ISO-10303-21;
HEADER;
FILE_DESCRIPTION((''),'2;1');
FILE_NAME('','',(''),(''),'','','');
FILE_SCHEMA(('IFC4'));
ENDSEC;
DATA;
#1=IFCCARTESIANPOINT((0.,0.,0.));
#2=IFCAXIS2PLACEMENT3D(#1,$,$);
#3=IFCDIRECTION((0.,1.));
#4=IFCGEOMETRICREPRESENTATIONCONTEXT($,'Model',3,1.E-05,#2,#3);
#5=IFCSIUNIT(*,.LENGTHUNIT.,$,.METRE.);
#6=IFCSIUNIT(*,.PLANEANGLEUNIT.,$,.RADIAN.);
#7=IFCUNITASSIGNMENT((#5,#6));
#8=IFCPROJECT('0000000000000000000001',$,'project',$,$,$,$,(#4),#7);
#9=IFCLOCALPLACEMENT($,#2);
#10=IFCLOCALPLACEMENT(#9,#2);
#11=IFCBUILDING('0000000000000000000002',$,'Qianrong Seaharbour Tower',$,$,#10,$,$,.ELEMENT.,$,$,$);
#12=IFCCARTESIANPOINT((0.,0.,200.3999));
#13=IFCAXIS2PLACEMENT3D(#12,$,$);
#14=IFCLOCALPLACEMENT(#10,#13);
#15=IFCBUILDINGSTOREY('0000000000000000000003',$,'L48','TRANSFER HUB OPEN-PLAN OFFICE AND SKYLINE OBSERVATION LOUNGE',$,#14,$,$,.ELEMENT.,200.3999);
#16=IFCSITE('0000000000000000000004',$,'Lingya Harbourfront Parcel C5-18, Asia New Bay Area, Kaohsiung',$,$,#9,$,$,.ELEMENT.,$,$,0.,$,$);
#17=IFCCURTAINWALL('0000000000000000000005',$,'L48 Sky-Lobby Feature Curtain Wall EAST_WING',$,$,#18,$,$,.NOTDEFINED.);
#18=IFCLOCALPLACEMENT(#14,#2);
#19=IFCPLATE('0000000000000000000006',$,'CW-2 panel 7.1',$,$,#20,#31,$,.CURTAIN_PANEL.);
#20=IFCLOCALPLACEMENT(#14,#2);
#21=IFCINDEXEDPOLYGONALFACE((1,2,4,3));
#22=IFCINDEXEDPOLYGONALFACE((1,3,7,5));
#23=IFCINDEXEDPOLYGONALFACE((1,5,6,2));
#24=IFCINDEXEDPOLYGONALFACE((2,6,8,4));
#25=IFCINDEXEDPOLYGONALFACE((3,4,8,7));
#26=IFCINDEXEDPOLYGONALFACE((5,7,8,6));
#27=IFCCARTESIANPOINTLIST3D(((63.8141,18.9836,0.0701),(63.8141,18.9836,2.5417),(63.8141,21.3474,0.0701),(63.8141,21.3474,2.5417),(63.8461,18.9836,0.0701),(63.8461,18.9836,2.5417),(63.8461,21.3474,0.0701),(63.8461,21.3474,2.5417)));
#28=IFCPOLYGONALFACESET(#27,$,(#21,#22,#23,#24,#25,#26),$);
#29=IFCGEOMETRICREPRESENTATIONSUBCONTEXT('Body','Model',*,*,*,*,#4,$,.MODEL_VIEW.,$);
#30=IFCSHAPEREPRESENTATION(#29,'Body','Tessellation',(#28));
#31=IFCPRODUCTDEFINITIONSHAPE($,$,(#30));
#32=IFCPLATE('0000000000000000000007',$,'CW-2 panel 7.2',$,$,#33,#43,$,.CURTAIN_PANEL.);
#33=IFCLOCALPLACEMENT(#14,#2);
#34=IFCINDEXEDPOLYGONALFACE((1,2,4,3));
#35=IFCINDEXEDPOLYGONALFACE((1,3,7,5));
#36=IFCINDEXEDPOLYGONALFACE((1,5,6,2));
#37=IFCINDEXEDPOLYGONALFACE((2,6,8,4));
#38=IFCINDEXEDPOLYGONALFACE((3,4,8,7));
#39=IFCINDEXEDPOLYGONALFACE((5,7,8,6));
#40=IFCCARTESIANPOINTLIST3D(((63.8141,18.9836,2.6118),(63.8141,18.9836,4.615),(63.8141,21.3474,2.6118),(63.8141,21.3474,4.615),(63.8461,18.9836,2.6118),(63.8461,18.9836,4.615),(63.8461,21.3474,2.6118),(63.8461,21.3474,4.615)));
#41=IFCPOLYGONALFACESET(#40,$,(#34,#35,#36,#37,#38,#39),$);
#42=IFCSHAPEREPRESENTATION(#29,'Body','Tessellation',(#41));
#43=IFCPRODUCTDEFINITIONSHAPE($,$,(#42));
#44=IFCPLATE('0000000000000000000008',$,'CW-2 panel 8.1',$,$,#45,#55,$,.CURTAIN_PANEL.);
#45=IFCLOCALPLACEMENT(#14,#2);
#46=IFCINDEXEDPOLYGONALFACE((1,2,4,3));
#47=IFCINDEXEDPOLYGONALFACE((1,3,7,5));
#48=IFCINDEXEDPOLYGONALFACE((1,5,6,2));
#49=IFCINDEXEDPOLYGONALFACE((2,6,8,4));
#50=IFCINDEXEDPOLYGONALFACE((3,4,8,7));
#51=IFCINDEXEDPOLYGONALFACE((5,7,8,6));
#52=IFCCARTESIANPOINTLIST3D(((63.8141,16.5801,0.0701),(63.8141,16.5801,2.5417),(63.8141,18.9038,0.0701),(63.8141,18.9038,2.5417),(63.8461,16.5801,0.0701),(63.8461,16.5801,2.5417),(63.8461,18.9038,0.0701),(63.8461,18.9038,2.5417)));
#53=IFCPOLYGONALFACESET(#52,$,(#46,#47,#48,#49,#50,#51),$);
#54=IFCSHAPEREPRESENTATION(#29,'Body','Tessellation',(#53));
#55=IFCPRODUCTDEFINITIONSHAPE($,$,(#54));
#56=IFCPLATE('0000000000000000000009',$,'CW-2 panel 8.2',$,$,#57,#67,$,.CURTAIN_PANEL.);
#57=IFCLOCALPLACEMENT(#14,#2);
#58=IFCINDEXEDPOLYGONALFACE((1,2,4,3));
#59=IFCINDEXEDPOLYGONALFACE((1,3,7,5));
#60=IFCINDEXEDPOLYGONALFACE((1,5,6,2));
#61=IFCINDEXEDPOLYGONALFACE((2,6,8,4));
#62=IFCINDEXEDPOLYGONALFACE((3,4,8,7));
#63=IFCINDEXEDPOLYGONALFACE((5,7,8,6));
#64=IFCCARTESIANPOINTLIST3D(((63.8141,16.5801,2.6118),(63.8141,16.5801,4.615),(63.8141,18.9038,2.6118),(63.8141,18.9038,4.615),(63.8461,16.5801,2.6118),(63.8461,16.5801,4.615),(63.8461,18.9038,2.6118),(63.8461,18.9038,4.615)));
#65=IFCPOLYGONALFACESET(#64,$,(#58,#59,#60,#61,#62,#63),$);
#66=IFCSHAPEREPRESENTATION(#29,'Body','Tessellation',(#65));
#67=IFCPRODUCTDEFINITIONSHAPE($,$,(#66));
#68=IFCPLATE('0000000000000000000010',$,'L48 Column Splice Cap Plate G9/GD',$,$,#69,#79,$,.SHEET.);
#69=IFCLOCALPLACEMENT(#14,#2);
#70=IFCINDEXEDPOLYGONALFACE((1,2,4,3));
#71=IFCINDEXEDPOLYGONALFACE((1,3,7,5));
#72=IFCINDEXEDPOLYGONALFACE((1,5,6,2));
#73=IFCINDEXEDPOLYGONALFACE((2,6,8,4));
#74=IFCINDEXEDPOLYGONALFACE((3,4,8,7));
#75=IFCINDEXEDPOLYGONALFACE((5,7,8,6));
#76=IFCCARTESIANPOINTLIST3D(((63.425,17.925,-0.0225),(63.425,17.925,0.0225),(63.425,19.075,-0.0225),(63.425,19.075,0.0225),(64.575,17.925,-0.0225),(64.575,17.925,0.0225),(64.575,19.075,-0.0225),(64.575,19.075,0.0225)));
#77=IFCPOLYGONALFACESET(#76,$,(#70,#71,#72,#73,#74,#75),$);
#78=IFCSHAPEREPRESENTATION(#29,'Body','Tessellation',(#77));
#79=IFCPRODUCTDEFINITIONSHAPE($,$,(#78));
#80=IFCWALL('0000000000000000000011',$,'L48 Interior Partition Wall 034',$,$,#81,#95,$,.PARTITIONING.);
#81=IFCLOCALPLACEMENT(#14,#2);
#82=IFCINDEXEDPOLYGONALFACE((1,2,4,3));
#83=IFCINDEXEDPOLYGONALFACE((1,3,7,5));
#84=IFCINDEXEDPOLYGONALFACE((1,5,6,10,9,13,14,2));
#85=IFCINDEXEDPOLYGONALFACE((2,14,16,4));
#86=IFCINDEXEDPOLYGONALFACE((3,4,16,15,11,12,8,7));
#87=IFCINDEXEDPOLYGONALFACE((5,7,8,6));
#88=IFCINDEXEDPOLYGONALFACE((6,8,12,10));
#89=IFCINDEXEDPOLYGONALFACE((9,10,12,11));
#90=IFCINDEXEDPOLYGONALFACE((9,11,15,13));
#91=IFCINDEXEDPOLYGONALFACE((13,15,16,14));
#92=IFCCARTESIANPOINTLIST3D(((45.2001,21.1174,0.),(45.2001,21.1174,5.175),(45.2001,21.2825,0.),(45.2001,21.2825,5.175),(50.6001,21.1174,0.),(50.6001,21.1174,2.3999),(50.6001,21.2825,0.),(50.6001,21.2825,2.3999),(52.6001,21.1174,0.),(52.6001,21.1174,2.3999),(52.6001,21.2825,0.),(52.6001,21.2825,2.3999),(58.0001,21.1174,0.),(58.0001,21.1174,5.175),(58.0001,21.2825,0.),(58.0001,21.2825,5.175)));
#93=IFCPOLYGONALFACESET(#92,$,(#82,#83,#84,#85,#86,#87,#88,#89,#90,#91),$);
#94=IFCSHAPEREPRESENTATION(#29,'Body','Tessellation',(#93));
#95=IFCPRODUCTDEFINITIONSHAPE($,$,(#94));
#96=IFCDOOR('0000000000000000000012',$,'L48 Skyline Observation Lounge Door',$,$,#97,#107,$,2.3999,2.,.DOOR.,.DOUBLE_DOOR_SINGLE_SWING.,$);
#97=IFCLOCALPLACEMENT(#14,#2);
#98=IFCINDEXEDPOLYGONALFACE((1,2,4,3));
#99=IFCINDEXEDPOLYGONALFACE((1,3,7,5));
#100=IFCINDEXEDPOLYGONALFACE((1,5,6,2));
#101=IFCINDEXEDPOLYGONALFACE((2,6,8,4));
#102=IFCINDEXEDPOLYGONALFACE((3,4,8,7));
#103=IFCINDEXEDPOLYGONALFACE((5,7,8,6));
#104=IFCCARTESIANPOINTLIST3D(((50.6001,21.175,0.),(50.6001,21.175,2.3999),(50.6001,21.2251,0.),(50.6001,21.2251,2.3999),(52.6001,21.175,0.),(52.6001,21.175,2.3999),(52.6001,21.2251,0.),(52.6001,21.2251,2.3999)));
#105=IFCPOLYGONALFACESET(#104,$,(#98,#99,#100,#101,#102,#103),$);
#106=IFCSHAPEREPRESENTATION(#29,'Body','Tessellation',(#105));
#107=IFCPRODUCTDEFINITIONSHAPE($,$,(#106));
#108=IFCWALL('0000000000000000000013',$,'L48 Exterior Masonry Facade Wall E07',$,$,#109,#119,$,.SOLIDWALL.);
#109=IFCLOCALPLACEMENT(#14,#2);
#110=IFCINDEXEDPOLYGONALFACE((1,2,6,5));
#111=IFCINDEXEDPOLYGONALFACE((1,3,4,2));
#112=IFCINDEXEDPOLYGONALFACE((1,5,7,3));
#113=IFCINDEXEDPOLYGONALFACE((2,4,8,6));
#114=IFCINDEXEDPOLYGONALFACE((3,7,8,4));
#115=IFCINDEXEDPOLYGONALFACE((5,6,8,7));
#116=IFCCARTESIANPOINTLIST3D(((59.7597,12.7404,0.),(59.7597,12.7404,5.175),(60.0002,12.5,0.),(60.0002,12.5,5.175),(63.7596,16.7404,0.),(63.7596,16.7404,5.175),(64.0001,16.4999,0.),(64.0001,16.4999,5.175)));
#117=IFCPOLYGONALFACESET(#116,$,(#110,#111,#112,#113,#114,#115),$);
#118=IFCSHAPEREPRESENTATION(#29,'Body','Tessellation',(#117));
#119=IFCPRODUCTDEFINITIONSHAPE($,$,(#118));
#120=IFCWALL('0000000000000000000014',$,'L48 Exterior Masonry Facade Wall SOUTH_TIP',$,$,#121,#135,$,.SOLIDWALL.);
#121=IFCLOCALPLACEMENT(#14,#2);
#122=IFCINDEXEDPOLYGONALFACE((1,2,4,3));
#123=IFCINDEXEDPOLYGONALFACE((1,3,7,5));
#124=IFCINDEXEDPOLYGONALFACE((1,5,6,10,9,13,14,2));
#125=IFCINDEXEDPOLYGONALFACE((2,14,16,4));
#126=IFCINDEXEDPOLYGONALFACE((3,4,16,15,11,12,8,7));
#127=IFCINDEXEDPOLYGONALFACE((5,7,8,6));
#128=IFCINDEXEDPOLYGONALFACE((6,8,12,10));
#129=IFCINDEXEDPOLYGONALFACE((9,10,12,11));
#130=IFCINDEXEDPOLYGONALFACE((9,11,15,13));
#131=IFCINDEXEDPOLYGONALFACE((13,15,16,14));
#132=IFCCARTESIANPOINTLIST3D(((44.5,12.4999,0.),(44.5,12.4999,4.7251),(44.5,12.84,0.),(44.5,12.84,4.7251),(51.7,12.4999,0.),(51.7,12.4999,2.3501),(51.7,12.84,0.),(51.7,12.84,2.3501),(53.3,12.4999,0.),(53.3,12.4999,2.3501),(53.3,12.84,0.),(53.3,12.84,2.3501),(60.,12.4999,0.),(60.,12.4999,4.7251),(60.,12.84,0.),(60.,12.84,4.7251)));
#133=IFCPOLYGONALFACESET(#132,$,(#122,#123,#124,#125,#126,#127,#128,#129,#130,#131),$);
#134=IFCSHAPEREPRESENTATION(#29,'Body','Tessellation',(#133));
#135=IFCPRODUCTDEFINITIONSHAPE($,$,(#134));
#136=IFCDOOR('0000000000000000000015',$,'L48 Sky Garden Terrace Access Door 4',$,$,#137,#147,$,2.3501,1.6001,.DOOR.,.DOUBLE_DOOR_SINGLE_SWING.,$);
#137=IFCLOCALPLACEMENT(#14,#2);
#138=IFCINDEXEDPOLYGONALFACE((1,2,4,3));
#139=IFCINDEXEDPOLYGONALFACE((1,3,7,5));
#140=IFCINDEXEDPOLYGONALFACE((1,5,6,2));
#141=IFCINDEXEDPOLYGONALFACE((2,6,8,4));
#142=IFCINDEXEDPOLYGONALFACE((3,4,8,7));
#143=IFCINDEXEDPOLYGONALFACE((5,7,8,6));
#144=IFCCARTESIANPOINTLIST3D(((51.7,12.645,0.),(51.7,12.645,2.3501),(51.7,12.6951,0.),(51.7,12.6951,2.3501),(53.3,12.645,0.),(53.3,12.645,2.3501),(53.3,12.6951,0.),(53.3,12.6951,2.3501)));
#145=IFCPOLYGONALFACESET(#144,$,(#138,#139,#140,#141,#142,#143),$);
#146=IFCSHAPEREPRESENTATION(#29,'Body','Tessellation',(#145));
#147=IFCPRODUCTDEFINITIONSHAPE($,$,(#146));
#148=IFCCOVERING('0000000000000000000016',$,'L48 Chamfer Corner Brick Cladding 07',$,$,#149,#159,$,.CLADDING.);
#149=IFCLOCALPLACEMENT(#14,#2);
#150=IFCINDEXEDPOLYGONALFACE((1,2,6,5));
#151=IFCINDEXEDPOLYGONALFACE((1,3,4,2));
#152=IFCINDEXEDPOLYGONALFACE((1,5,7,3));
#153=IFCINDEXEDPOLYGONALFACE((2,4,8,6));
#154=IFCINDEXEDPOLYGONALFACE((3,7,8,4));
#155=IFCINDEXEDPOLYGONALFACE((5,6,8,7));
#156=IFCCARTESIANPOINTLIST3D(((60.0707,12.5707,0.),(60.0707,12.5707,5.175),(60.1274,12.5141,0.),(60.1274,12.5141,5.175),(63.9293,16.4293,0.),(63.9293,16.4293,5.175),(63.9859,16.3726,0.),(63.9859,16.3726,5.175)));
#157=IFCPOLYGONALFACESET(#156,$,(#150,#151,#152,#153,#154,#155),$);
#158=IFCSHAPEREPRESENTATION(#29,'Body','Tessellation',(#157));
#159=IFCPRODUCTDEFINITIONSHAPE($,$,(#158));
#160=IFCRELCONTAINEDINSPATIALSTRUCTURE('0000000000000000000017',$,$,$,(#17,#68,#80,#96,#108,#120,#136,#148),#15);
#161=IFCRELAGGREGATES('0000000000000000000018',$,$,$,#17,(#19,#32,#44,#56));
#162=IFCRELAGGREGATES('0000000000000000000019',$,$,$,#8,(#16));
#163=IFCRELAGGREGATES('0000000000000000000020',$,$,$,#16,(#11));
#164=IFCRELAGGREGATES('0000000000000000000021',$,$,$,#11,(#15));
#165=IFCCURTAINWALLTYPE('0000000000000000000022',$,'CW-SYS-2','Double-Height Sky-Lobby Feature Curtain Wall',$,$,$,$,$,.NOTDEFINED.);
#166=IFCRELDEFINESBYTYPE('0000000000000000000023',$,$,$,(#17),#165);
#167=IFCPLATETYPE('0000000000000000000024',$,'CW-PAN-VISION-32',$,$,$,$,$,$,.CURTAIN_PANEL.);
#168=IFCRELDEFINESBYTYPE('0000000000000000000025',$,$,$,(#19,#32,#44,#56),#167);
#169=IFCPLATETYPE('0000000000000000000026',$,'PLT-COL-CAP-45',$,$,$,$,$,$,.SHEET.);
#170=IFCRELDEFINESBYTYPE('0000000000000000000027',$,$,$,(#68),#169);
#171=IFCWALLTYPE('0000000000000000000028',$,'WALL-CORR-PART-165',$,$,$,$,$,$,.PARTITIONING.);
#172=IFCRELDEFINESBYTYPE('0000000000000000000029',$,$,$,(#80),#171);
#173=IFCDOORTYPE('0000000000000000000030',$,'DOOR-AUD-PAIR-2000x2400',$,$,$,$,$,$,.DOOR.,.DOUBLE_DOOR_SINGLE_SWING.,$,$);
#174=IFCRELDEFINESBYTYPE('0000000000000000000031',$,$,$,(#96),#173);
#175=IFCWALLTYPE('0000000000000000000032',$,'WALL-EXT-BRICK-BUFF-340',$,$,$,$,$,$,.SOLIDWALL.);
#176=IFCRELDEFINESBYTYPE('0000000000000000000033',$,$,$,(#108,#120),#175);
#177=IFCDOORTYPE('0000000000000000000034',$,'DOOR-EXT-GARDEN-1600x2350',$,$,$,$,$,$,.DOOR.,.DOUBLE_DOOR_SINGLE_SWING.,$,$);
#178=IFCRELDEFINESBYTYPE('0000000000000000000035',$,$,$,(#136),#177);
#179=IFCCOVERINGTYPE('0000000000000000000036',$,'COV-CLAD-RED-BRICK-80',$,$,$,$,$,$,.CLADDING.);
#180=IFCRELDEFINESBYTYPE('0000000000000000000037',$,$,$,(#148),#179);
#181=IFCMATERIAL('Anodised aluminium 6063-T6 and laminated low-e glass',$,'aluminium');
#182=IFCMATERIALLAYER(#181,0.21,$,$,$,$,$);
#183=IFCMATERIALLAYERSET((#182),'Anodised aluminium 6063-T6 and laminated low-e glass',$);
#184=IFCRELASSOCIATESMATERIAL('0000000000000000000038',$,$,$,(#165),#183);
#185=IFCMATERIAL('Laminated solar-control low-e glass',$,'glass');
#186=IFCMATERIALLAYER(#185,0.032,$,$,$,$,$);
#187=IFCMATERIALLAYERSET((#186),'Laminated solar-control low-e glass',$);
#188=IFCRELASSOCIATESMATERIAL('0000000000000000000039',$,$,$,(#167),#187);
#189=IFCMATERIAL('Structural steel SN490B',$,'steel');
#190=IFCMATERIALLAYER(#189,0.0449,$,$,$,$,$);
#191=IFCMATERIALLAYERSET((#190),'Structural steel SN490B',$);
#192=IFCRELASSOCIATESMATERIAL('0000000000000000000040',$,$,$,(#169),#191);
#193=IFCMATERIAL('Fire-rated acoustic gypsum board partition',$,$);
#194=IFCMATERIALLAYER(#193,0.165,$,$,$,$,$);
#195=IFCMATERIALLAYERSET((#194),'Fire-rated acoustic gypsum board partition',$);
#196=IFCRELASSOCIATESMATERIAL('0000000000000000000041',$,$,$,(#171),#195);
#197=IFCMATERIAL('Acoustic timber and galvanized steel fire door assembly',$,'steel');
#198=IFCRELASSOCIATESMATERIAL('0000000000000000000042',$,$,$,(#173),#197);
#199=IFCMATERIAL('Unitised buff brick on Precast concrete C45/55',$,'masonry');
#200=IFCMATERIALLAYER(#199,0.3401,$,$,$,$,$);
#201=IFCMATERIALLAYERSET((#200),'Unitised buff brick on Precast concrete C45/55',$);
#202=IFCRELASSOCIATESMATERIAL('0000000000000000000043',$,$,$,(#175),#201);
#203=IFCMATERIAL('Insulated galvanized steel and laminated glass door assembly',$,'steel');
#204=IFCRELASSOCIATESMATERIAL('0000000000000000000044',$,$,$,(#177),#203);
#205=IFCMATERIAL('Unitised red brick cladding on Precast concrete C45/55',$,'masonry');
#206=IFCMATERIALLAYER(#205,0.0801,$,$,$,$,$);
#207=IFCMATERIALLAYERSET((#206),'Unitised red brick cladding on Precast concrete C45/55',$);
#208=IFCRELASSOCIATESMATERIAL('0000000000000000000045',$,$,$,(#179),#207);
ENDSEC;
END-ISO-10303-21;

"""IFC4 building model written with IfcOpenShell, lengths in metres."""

from ifc_helpers import new_model, si_unit, direction, frame, frame_2d, origin, origin_2d, place, context, subcontext, project, spatial, rectangle, extrude, material, layer, layer_set, type_object, element, fill, aggregate, save


model = new_model("IFC4")

# Units and contexts
model_context = context("Model", 3, precision=1e-05, world=origin(), true_north=direction((0.0, 1.0)))
body_context = subcontext(model_context, "Body", "Model", "MODEL_VIEW")
ifc_project = project(units=[si_unit("LENGTHUNIT", "METRE"), si_unit("PLANEANGLEUNIT", "RADIAN")], contexts=[model_context])

# Site, building, storey
site_placement = place(None, origin())
site = spatial("IfcSite", under=ifc_project, at=site_placement, Name="Lingya Harbourfront Parcel C5-18, Asia New Bay Area, Kaohsiung", CompositionType="ELEMENT", RefElevation=0.0)
building_placement = place(site_placement, origin())
building = spatial("IfcBuilding", under=site, at=building_placement, Name="Qianrong Seaharbour Tower", CompositionType="ELEMENT")
storey_placement = place(building_placement, frame((0.0, 0.0, 200.3999)))
storey = spatial("IfcBuildingStorey", under=building, at=storey_placement, Name="L48", Description="TRANSFER HUB OPEN-PLAN OFFICE AND SKYLINE OBSERVATION LOUNGE", CompositionType="ELEMENT", Elevation=200.3999)

# Shared definitions
ifc_material_1 = material(Name="Structural steel SN490B", Category="steel")

# Curtain wall, plates
ifc_material_2 = material(Name="Anodised aluminium 6063-T6 and laminated low-e glass", Category="aluminium")
ifc_layer_1 = layer(ifc_material_2, 0.21)
ifc_layer_set_1 = layer_set([ifc_layer_1], Name="Anodised aluminium 6063-T6 and laminated low-e glass")
curtain_wall_type = type_object("IfcCurtainWallType", Name="CW-SYS-2", Description="Double-Height Sky-Lobby Feature Curtain Wall", PredefinedType="NOTDEFINED", material=ifc_layer_set_1)
curtain_wall_placement = place(storey_placement, origin())
curtain_wall = element("IfcCurtainWall", 1, at=curtain_wall_placement, inside=storey, type_object=curtain_wall_type, Name="L48 Sky-Lobby Feature Curtain Wall EAST_WING", PredefinedType="NOTDEFINED")
ifc_material_3 = material(Name="Laminated solar-control low-e glass", Category="glass")
ifc_layer_2 = layer(ifc_material_3, 0.032)
ifc_layer_set_2 = layer_set([ifc_layer_2], Name="Laminated solar-control low-e glass")
plate_type_1 = type_object("IfcPlateType", Name="CW-PAN-VISION-32", PredefinedType="CURTAIN_PANEL", material=ifc_layer_set_2)
plate_1_placement = place(storey_placement, frame((63.8301, 20.1655, 0.0701), z_axis=(0.0, 0.0, 1.0), x_axis=(0.0, -1.0, 0.0)))
plate_1 = element("IfcPlate", 2, at=plate_1_placement, type_object=plate_type_1, Name="CW-2 panel 7.1", PredefinedType="CURTAIN_PANEL", context=body_context, shape_type="SweptSolid", body=[
    extrude(rectangle(XDim=2.3638, YDim=0.032, at=origin_2d()), origin(), (0.0, 0.0, 1.0), 2.4717),
])
plate_2_placement = place(storey_placement, frame((63.8301, 20.1655, 2.6118), z_axis=(0.0, 0.0, 1.0), x_axis=(0.0, -1.0, 0.0)))
plate_2 = element("IfcPlate", 3, at=plate_2_placement, type_object=plate_type_1, Name="CW-2 panel 7.2", PredefinedType="CURTAIN_PANEL", context=body_context, shape_type="SweptSolid", body=[
    extrude(rectangle(XDim=2.3638, YDim=0.032, at=origin_2d()), origin(), (0.0, 0.0, 1.0), 2.0032),
])
plate_3_placement = place(storey_placement, frame((63.8301, 17.7419, 0.0701), z_axis=(0.0, 0.0, 1.0), x_axis=(0.0, -1.0, 0.0)))
plate_3 = element("IfcPlate", 4, at=plate_3_placement, type_object=plate_type_1, Name="CW-2 panel 8.1", PredefinedType="CURTAIN_PANEL", context=body_context, shape_type="SweptSolid", body=[
    extrude(rectangle(XDim=2.3237, YDim=0.032, at=origin_2d()), origin(), (0.0, 0.0, 1.0), 2.4717),
])
plate_4_placement = place(storey_placement, frame((63.8301, 17.7419, 2.6118), z_axis=(0.0, 0.0, 1.0), x_axis=(0.0, -1.0, 0.0)))
plate_4 = element("IfcPlate", 5, at=plate_4_placement, type_object=plate_type_1, Name="CW-2 panel 8.2", PredefinedType="CURTAIN_PANEL", context=body_context, shape_type="SweptSolid", body=[
    extrude(rectangle(XDim=2.3237, YDim=0.032, at=origin_2d()), origin(), (0.0, 0.0, 1.0), 2.0032),
])
aggregate(curtain_wall, [plate_1, plate_2, plate_3, plate_4])

# Plate
ifc_layer_3 = layer(ifc_material_1, 0.0449)
ifc_layer_set_3 = layer_set([ifc_layer_3], Name="Structural steel SN490B")
plate_type_2 = type_object("IfcPlateType", Name="PLT-COL-CAP-45", PredefinedType="SHEET", material=ifc_layer_set_3)
plate_5_placement = place(storey_placement, frame((64.0, 18.5, -0.0225), z_axis=(0.0, 0.0, 1.0), x_axis=(1.0, 0.0, 0.0)))
element("IfcPlate", 6, at=plate_5_placement, inside=storey, type_object=plate_type_2, Name="L48 Column Splice Cap Plate G9/GD", PredefinedType="SHEET", context=body_context, shape_type="SweptSolid", body=[
    extrude(rectangle(XDim=1.1499, YDim=1.1499, at=origin_2d()), origin(), (0.0, 0.0, 1.0), 0.0449),
])

# Wall, opening, door
ifc_material_4 = material(Name="Fire-rated acoustic gypsum board partition")
ifc_layer_4 = layer(ifc_material_4, 0.165)
ifc_layer_set_4 = layer_set([ifc_layer_4], Name="Fire-rated acoustic gypsum board partition")
wall_type_1 = type_object("IfcWallType", Name="WALL-CORR-PART-165", PredefinedType="PARTITIONING", material=ifc_layer_set_4)
wall_1_placement = place(storey_placement, frame((58.0, 21.2, 0.0), z_axis=(0.0, 0.0, 1.0), x_axis=(-1.0, 0.0, 0.0)))
wall_1 = element("IfcWall", 7, at=wall_1_placement, inside=storey, type_object=wall_type_1, Name="L48 Interior Partition Wall 034", PredefinedType="PARTITIONING", context=body_context, shape_type="SweptSolid", body=[
    extrude(rectangle(XDim=12.8, YDim=0.165, at=frame_2d((6.3999, 0.0))), origin(), (0.0, 0.0, 1.0), 5.175),
])
opening_1_placement = place(wall_1_placement, frame((5.3999, 0.0, 0.0)))
opening_1 = element("IfcOpeningElement", 8, at=opening_1_placement, cuts=wall_1, PredefinedType="OPENING", context=body_context, shape_type="SweptSolid", body=[
    extrude(rectangle(XDim=2.0, YDim=2.3999, at=frame_2d((1.0, 1.2))), frame((0.0, 0.0925, 0.0), z_axis=(0.0, -1.0, 0.0), x_axis=(1.0, 0.0, 0.0)), (0.0, 0.0, 1.0), 0.1851),
])
ifc_material_5 = material(Name="Acoustic timber and galvanized steel fire door assembly", Category="steel")
door_type_1 = type_object("IfcDoorType", Name="DOOR-AUD-PAIR-2000x2400", OperationType="DOUBLE_DOOR_SINGLE_SWING", PredefinedType="DOOR", material=ifc_material_5)
door_1_placement = place(opening_1_placement, origin())
door_1 = element("IfcDoor", 9, at=door_1_placement, inside=storey, type_object=door_type_1, Name="L48 Skyline Observation Lounge Door", OperationType="DOUBLE_DOOR_SINGLE_SWING", OverallHeight=2.3999, OverallWidth=2.0, PredefinedType="DOOR", context=body_context, shape_type="SweptSolid", body=[
    extrude(rectangle(XDim=2.0, YDim=2.3999, at=frame_2d((1.0, 1.2))), frame((0.0, 0.0249, 0.0), z_axis=(0.0, -1.0, 0.0), x_axis=(1.0, 0.0, 0.0)), (0.0, 0.0, 1.0), 0.05),
])
fill(opening_1, door_1)

# Wall
ifc_material_6 = material(Name="Unitised buff brick on Precast concrete C45/55", Category="masonry")
ifc_layer_5 = layer(ifc_material_6, 0.3401)
ifc_layer_set_5 = layer_set([ifc_layer_5], Name="Unitised buff brick on Precast concrete C45/55")
wall_type_2 = type_object("IfcWallType", Name="WALL-EXT-BRICK-BUFF-340", PredefinedType="SOLIDWALL", material=ifc_layer_set_5)
wall_2_placement = place(storey_placement, frame((63.8799, 16.6201, 0.0), z_axis=(0.0, 0.0, 1.0), x_axis=(-0.707107, -0.707107, 0.0)))
element("IfcWall", 10, at=wall_2_placement, inside=storey, type_object=wall_type_2, Name="L48 Exterior Masonry Facade Wall E07", PredefinedType="SOLIDWALL", context=body_context, shape_type="SweptSolid", body=[
    extrude(rectangle(XDim=5.6567, YDim=0.3401, at=frame_2d((2.8284, 0.0))), origin(), (0.0, 0.0, 1.0), 5.175),
])

# Wall, opening, door
wall_3_placement = place(storey_placement, frame((60.0, 12.6699, 0.0), z_axis=(0.0, 0.0, 1.0), x_axis=(-1.0, 0.0, 0.0)))
wall_3 = element("IfcWall", 11, at=wall_3_placement, inside=storey, type_object=wall_type_2, Name="L48 Exterior Masonry Facade Wall SOUTH_TIP", PredefinedType="SOLIDWALL", context=body_context, shape_type="SweptSolid", body=[
    extrude(rectangle(XDim=15.5, YDim=0.3401, at=frame_2d((7.75, 0.0))), origin(), (0.0, 0.0, 1.0), 4.7251),
])
opening_2_placement = place(wall_3_placement, frame((6.7, 0.0, 0.0)))
opening_2 = element("IfcOpeningElement", 12, at=opening_2_placement, cuts=wall_3, PredefinedType="OPENING", context=body_context, shape_type="SweptSolid", body=[
    extrude(rectangle(XDim=1.6001, YDim=2.3501, at=frame_2d((0.8, 1.175))), frame((0.0, 0.1802, 0.0), z_axis=(0.0, -1.0, 0.0), x_axis=(1.0, 0.0, 0.0)), (0.0, 0.0, 1.0), 0.3601),
])
ifc_material_7 = material(Name="Insulated galvanized steel and laminated glass door assembly", Category="steel")
door_type_2 = type_object("IfcDoorType", Name="DOOR-EXT-GARDEN-1600x2350", OperationType="DOUBLE_DOOR_SINGLE_SWING", PredefinedType="DOOR", material=ifc_material_7)
door_2_placement = place(opening_2_placement, origin())
door_2 = element("IfcDoor", 13, at=door_2_placement, inside=storey, type_object=door_type_2, Name="L48 Sky Garden Terrace Access Door 4", OperationType="DOUBLE_DOOR_SINGLE_SWING", OverallHeight=2.3501, OverallWidth=1.6001, PredefinedType="DOOR", context=body_context, shape_type="SweptSolid", body=[
    extrude(rectangle(XDim=1.6001, YDim=2.3501, at=frame_2d((0.8, 1.175))), frame((0.0, 0.0249, 0.0), z_axis=(0.0, -1.0, 0.0), x_axis=(1.0, 0.0, 0.0)), (0.0, 0.0, 1.0), 0.05),
])
fill(opening_2, door_2)

# Covering
ifc_material_8 = material(Name="Unitised red brick cladding on Precast concrete C45/55", Category="masonry")
ifc_layer_6 = layer(ifc_material_8, 0.0801)
ifc_layer_set_6 = layer_set([ifc_layer_6], Name="Unitised red brick cladding on Precast concrete C45/55")
covering_type = type_object("IfcCoveringType", Name="COV-CLAD-RED-BRICK-80", PredefinedType="CLADDING", material=ifc_layer_set_6)
covering_placement = place(storey_placement, frame((62.0283, 14.4717, 0.0), z_axis=(0.0, 0.0, 1.0), x_axis=(-0.707107, -0.707107, 0.0)))
element("IfcCovering", 14, at=covering_placement, inside=storey, type_object=covering_type, Name="L48 Chamfer Corner Brick Cladding 07", PredefinedType="CLADDING", context=body_context, shape_type="SweptSolid", body=[
    extrude(rectangle(XDim=5.4568, YDim=0.0801, at=origin_2d()), origin(), (0.0, 0.0, 1.0), 5.175),
])

save(model, "model.ifc")
